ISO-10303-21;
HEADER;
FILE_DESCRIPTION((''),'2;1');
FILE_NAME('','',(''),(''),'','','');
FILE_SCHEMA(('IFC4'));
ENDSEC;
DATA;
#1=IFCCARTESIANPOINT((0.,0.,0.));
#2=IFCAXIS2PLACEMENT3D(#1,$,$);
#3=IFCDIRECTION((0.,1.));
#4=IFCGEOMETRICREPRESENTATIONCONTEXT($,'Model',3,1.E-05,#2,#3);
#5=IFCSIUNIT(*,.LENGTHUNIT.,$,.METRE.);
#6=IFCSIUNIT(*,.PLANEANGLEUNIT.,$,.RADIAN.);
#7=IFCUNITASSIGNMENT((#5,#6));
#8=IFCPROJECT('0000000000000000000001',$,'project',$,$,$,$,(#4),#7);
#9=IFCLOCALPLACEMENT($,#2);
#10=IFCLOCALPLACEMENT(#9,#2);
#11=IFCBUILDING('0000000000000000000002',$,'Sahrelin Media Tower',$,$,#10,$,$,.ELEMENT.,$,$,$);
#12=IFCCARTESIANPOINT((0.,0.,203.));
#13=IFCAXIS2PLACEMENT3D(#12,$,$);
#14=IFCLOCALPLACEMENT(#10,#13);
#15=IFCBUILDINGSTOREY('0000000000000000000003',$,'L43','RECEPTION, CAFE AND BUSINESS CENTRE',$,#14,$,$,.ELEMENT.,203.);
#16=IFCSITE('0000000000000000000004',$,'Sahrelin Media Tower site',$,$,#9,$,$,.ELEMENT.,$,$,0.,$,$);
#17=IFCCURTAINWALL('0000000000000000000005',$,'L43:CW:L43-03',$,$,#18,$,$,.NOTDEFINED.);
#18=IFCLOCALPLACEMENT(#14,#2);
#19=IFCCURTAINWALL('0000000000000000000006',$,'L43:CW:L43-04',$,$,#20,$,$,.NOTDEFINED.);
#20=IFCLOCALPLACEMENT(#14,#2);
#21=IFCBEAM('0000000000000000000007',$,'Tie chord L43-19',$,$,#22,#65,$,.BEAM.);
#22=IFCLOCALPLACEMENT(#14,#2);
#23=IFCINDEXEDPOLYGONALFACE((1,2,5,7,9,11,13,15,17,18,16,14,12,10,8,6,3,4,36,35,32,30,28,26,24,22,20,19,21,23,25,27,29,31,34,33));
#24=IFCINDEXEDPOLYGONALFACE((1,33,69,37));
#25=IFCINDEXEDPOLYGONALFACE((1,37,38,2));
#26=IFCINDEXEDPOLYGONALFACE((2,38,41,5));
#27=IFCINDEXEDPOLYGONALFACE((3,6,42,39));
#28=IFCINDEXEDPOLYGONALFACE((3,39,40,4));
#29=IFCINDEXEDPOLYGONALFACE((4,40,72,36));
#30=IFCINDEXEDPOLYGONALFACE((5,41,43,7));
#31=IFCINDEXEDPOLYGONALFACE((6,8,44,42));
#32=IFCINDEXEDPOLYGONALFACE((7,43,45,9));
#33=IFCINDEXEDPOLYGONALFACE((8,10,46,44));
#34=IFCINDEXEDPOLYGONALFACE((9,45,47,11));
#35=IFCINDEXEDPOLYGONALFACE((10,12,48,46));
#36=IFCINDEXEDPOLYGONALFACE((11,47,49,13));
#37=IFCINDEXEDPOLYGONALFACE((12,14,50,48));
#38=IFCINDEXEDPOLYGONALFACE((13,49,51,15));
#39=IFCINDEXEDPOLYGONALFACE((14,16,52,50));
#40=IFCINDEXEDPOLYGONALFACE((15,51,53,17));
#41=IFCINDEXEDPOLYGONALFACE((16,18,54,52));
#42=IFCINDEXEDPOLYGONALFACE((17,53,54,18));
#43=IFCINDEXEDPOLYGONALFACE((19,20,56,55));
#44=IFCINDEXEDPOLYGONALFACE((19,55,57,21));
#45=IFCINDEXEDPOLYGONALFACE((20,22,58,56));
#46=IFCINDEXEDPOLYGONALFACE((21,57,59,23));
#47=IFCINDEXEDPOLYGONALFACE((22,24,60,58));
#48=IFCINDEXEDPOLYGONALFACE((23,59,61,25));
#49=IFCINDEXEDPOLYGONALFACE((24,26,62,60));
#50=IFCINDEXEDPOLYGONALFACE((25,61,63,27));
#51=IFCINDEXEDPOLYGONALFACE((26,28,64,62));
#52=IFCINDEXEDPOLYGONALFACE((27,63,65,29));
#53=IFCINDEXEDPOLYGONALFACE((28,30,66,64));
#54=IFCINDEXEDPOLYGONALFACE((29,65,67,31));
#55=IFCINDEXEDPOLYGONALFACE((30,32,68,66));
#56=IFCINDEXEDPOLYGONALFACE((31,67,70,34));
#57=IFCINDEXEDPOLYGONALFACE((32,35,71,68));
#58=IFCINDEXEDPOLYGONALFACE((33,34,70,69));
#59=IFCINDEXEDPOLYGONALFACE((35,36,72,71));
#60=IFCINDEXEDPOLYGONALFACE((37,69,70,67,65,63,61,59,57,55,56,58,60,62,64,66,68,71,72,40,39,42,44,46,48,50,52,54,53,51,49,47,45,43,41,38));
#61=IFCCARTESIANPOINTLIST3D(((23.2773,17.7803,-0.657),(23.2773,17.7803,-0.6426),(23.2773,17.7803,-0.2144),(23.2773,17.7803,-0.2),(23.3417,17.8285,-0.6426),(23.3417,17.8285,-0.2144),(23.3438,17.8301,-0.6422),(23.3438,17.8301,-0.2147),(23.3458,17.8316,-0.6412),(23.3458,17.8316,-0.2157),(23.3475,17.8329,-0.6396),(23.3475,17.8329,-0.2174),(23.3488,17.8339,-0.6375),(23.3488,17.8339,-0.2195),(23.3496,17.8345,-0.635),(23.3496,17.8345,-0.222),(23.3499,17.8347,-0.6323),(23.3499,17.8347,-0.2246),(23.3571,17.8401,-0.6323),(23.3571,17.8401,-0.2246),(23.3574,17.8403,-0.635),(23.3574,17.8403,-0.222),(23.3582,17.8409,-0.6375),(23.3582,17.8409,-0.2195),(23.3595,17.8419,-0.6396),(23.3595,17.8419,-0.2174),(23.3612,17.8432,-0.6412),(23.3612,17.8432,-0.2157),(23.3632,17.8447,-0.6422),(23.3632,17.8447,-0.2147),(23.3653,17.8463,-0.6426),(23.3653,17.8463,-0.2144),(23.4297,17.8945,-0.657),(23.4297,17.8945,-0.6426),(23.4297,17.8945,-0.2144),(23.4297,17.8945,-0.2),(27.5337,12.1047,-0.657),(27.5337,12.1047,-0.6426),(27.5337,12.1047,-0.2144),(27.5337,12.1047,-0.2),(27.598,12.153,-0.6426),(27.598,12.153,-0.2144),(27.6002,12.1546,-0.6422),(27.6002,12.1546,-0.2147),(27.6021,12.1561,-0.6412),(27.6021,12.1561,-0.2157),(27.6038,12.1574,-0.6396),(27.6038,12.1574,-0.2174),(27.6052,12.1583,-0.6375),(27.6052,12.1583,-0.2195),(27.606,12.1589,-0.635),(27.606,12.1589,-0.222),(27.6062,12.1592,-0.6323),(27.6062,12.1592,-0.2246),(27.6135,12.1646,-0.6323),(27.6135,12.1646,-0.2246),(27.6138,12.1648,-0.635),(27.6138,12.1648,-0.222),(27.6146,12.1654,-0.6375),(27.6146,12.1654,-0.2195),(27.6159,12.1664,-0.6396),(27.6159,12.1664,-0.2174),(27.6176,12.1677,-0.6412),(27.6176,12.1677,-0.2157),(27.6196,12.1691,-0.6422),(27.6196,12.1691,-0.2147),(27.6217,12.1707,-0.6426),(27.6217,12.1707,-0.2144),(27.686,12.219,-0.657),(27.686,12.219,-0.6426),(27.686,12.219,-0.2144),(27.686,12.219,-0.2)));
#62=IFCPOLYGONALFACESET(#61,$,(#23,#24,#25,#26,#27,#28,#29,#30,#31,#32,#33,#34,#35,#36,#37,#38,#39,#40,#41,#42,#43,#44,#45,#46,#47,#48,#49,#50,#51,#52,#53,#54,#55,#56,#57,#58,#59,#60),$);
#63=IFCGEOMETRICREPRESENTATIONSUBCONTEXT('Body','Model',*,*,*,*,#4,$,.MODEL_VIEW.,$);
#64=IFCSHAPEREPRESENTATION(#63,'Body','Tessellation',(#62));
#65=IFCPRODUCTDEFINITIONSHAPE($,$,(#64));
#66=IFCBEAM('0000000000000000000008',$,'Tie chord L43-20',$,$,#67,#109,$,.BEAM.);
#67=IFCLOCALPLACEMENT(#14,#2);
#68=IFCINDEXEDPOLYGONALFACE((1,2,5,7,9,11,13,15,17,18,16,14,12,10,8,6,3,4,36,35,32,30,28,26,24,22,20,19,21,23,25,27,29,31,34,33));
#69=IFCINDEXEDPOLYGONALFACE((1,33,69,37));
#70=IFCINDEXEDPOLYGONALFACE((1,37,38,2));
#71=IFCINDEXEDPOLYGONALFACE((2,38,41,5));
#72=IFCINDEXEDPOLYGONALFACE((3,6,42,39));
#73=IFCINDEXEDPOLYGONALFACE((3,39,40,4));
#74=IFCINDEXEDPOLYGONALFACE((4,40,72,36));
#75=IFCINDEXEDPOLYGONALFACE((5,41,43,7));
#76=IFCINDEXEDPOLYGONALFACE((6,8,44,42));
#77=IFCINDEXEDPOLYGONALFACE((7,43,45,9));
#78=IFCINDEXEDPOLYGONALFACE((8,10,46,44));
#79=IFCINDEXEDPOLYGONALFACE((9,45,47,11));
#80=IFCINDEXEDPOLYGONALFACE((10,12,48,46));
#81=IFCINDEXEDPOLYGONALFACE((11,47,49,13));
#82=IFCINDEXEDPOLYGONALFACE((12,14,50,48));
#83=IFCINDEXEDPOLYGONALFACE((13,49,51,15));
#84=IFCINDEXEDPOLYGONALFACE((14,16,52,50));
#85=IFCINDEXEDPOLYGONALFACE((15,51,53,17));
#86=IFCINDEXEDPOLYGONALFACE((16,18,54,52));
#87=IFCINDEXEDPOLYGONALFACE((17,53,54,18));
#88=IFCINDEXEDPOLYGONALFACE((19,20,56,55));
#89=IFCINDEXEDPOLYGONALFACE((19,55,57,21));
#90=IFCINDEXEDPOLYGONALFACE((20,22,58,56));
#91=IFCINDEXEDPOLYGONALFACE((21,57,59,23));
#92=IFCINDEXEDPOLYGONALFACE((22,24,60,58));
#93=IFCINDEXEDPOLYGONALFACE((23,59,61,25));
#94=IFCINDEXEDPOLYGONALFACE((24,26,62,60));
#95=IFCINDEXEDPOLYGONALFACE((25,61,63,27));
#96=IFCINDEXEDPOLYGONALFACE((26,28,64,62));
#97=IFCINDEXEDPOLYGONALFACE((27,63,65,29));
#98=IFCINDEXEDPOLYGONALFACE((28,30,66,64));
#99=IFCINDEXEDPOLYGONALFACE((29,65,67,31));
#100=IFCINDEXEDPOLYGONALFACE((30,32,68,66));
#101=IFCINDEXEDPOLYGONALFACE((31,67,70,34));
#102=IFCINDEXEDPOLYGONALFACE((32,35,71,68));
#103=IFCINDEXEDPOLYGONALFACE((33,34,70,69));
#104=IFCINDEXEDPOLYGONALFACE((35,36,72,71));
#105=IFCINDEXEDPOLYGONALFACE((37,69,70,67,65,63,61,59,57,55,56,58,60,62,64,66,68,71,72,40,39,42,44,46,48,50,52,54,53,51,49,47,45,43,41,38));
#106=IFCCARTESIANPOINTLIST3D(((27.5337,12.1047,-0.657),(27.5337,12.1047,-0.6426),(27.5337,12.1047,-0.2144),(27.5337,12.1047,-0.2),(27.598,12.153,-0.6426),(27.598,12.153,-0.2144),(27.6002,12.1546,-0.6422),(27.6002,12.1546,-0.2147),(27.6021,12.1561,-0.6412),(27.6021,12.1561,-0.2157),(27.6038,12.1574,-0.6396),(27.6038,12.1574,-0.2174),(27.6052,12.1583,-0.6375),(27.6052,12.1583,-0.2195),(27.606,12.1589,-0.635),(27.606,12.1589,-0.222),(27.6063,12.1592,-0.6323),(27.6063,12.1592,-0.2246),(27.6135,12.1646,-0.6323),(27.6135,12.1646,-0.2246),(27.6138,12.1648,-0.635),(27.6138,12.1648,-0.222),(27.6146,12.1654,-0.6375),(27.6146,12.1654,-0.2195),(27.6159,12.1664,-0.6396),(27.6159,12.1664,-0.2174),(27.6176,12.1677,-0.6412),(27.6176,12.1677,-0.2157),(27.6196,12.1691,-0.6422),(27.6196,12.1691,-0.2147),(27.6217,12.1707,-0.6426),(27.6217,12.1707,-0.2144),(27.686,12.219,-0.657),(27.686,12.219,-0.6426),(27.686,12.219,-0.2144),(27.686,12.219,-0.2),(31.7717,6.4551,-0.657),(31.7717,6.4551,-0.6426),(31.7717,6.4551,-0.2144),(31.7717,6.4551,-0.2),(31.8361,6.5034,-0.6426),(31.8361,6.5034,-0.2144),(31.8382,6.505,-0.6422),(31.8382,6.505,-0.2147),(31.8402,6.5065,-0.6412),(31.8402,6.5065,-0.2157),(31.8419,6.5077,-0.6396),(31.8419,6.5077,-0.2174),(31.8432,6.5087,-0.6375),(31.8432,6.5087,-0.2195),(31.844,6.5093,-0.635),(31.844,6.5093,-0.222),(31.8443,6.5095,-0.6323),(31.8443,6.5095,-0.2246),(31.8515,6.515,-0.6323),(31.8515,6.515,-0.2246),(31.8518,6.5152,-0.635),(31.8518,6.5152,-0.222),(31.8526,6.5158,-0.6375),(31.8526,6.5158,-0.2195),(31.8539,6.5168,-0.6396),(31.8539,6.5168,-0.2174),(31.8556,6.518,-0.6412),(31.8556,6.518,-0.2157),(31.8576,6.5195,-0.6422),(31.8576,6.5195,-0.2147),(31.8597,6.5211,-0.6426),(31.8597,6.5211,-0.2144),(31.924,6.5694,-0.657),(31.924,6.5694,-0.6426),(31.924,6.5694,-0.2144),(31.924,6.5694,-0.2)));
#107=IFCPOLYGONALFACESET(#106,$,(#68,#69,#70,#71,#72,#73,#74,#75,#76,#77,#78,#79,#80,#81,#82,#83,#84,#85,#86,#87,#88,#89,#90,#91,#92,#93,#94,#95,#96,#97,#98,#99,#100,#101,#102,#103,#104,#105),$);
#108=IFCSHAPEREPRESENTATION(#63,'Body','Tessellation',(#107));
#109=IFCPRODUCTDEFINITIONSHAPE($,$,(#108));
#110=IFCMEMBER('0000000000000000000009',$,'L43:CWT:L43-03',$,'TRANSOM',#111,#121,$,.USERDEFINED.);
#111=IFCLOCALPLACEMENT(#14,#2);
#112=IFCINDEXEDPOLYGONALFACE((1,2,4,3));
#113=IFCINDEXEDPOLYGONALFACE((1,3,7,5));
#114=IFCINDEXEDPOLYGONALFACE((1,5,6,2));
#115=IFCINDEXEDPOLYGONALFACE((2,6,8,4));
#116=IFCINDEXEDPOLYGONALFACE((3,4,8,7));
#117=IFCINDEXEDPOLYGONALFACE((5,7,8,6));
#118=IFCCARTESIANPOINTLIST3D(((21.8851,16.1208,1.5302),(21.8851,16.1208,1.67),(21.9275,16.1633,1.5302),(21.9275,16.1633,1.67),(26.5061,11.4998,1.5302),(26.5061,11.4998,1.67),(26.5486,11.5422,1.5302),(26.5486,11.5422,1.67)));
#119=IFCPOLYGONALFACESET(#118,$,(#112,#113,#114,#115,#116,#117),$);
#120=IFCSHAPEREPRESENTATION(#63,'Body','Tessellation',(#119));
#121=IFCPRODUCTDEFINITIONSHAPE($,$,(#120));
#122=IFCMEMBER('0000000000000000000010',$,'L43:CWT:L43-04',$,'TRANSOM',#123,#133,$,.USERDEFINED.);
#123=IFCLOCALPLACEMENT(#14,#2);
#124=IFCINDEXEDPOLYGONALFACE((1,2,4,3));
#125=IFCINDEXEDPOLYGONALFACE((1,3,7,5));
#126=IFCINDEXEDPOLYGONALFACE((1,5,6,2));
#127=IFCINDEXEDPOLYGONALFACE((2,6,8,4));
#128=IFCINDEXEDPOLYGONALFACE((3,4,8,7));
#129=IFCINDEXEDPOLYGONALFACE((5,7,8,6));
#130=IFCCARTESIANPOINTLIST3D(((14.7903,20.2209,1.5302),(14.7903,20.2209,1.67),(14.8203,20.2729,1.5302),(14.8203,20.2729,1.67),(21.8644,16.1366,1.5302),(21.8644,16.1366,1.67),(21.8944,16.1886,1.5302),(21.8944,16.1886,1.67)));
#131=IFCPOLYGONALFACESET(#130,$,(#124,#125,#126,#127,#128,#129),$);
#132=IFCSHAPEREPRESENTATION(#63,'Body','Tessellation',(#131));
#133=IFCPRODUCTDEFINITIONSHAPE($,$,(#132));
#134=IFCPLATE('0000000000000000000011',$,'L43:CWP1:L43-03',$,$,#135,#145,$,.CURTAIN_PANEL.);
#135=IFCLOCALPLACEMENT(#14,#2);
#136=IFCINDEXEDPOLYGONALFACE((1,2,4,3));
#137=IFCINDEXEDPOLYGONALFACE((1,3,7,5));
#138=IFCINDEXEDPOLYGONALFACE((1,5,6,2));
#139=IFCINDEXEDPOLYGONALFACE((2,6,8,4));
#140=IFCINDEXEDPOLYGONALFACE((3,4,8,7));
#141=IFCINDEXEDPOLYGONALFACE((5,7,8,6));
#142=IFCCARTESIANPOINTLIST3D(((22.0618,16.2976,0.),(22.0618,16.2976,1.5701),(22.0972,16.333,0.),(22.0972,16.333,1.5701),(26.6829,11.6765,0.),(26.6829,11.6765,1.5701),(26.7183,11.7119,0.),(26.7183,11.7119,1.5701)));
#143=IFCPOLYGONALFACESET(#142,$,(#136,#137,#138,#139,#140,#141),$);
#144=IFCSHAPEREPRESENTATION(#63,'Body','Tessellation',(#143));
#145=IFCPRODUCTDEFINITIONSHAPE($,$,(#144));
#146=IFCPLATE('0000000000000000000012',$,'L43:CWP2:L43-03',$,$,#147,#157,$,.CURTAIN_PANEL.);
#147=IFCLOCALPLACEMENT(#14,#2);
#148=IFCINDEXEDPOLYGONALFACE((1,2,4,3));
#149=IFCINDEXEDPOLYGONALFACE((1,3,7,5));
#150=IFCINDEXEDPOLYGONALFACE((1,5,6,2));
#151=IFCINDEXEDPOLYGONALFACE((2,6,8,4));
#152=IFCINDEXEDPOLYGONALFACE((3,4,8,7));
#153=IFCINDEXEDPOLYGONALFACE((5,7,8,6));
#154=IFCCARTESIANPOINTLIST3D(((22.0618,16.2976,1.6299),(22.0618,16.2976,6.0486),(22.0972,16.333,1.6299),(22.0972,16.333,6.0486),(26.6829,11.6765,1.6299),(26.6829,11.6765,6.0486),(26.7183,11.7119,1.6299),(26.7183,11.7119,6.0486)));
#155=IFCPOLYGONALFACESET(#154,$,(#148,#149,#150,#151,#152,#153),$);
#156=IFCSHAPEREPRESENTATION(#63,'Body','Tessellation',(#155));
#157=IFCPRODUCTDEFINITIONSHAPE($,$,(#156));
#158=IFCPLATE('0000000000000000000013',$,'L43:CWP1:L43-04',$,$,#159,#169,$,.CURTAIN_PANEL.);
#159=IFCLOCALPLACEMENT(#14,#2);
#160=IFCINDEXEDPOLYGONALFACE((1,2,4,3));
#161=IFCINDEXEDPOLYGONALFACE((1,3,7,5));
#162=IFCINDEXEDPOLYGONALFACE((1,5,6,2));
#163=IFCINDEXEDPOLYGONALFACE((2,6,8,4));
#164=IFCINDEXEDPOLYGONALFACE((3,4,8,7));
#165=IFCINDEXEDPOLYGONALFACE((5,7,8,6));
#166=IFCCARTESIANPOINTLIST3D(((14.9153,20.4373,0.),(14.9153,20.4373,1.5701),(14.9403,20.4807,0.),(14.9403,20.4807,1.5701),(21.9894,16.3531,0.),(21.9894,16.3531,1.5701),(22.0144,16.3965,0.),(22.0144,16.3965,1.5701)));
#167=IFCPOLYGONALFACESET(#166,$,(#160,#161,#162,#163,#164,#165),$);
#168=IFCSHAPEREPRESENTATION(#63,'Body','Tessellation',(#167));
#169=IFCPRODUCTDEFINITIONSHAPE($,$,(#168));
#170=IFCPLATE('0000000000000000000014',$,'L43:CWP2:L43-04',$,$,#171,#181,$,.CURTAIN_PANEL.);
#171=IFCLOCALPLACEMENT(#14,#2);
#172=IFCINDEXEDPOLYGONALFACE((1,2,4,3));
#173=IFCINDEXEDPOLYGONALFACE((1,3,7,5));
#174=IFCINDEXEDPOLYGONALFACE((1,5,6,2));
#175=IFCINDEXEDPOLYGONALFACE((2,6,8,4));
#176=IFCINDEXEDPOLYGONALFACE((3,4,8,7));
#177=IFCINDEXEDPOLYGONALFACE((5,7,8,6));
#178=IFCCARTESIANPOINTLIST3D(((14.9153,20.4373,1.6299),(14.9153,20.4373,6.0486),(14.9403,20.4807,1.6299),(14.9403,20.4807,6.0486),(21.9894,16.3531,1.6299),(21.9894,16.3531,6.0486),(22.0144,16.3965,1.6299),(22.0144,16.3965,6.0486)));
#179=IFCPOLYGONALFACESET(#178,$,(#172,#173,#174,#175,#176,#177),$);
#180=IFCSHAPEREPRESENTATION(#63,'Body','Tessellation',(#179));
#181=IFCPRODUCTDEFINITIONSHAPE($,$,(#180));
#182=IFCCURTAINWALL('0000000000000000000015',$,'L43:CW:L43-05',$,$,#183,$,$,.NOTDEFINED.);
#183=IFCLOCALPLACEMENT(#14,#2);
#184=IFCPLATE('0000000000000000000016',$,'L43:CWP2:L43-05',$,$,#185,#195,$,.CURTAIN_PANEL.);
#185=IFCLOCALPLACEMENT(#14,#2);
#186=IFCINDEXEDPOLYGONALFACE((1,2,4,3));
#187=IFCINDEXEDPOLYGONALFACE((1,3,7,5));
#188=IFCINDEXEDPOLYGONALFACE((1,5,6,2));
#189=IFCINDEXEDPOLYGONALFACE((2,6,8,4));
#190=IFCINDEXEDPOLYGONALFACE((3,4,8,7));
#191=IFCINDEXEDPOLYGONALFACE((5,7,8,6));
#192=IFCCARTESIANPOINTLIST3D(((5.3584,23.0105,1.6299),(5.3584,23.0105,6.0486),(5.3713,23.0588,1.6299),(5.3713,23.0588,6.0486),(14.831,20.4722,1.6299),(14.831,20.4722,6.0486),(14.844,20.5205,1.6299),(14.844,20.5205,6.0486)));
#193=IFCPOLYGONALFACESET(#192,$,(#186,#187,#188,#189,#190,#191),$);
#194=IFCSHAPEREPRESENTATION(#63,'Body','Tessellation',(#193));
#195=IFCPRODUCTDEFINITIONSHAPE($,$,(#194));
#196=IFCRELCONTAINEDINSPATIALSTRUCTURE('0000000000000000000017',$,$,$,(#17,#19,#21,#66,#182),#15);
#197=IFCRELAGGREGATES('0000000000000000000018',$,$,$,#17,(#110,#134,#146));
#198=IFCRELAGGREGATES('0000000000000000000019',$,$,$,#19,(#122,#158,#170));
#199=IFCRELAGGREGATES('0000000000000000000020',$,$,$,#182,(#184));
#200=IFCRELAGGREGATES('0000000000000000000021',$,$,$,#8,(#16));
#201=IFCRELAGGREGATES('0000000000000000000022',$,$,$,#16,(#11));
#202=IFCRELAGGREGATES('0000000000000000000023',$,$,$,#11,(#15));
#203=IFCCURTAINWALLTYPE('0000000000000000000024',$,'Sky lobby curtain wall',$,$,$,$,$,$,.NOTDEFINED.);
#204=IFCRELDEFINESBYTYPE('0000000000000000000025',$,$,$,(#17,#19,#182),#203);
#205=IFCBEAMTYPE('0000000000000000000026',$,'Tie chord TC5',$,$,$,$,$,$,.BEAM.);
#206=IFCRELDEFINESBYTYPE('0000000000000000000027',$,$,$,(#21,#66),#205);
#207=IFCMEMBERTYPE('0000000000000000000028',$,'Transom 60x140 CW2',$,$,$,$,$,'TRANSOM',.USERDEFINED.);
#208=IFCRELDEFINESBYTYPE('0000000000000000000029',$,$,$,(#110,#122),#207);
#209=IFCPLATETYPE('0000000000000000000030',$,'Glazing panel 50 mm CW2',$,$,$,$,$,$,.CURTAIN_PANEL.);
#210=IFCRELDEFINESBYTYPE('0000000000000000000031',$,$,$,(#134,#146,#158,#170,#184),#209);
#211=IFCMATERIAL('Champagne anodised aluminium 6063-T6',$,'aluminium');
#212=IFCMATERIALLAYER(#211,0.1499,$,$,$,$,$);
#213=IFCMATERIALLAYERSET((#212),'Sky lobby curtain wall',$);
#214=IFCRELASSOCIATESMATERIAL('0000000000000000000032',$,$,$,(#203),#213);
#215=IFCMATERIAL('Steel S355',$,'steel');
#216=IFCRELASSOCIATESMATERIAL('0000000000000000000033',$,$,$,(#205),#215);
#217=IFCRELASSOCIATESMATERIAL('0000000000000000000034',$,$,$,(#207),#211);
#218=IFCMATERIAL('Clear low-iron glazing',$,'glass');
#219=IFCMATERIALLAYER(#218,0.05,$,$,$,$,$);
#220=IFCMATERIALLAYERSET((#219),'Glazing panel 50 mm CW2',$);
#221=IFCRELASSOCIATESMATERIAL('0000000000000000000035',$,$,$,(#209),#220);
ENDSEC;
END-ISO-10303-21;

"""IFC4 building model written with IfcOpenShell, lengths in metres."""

from ifc_helpers import new_model, si_unit, direction, frame, origin, origin_2d, place, context, subcontext, project, spatial, polyline, rectangle, i_section, outline, extrude, material, layer, layer_set, material_profile, profile_set, type_object, element, aggregate, save


model = new_model("IFC4")

# Units and contexts
model_context = context("Model", 3, precision=1e-05, world=origin(), true_north=direction((0.0, 1.0)))
body_context = subcontext(model_context, "Body", "Model", "MODEL_VIEW")
ifc_project = project(units=[si_unit("LENGTHUNIT", "METRE"), si_unit("PLANEANGLEUNIT", "RADIAN")], contexts=[model_context])

# Site, building, storey
site_placement = place(None, origin())
site = spatial("IfcSite", under=ifc_project, at=site_placement, Name="Sahrelin Media Tower site", CompositionType="ELEMENT", RefElevation=0.0)
building_placement = place(site_placement, origin())
building = spatial("IfcBuilding", under=site, at=building_placement, Name="Sahrelin Media Tower", CompositionType="ELEMENT")
storey_placement = place(building_placement, frame((0.0, 0.0, 203.0)))
storey = spatial("IfcBuildingStorey", under=building, at=storey_placement, Name="L43", Description="RECEPTION, CAFE AND BUSINESS CENTRE", CompositionType="ELEMENT", Elevation=203.0)

# Shared definitions
ifc_material_1 = material(Name="Steel S355", Category="steel")

# Curtain walls
ifc_material_2 = material(Name="Champagne anodised aluminium 6063-T6", Category="aluminium")
ifc_layer_1 = layer(ifc_material_2, 0.1499)
ifc_layer_set_1 = layer_set([ifc_layer_1], Name="Sky lobby curtain wall")
curtain_wall_type = type_object("IfcCurtainWallType", Name="Sky lobby curtain wall", PredefinedType="NOTDEFINED", material=ifc_layer_set_1)
curtain_wall_1_placement = place(storey_placement, frame((24.3936, 14.0083, 0.0), z_axis=(0.0, 0.0, 1.0), x_axis=(1.0, 0.0, 0.0)))
curtain_wall_1 = element("IfcCurtainWall", 1, at=curtain_wall_1_placement, inside=storey, type_object=curtain_wall_type, Name="L43:CW:L43-03", PredefinedType="NOTDEFINED")
curtain_wall_2_placement = place(storey_placement, frame((18.4673, 18.4211, 0.0), z_axis=(0.0, 0.0, 1.0), x_axis=(1.0, 0.0, 0.0)))
curtain_wall_2 = element("IfcCurtainWall", 2, at=curtain_wall_2_placement, inside=storey, type_object=curtain_wall_type, Name="L43:CW:L43-04", PredefinedType="NOTDEFINED")

# Beams
ifc_material_profile_1 = material_profile(ifc_material_1, i_section(OverallWidth=0.1904, OverallDepth=0.457, WebThickness=0.009, FlangeThickness=0.0144, FilletRadius=0.0103, at=origin_2d()), Name="UB 457x191x74")
ifc_profile_set_1 = profile_set([ifc_material_profile_1], Name="Steel S355")
beam_type_1 = type_object("IfcBeamType", Name="Tie chord TC5", PredefinedType="BEAM", material=ifc_profile_set_1)
beam_1_placement = place(storey_placement, frame((23.3535, 17.8374, -0.4285), z_axis=(0.599972, -0.800021, 0.0), x_axis=(0.800021, 0.599972, 0.0)))
element("IfcBeam", 3, at=beam_1_placement, inside=storey, type_object=beam_type_1, Name="Tie chord L43-19", PredefinedType="BEAM", context=body_context, shape_type="SweptSolid", body=[
    extrude(i_section(OverallWidth=0.1904, OverallDepth=0.457, WebThickness=0.009, FlangeThickness=0.0144, FilletRadius=0.0103, at=origin_2d()), origin(), (0.0, 0.0, 1.0), 7.0942),
])
beam_2_placement = place(storey_placement, frame((27.6099, 12.1619, -0.4285), z_axis=(0.600072, -0.799946, 0.0), x_axis=(0.799946, 0.600072, 0.0)))
element("IfcBeam", 4, at=beam_2_placement, inside=storey, type_object=beam_type_1, Name="Tie chord L43-20", PredefinedType="BEAM", context=body_context, shape_type="SweptSolid", body=[
    extrude(i_section(OverallWidth=0.1904, OverallDepth=0.457, WebThickness=0.009, FlangeThickness=0.0144, FilletRadius=0.0103, at=origin_2d()), origin(), (0.0, 0.0, 1.0), 7.0625),
])

# Members
ifc_material_profile_2 = material_profile(ifc_material_2, rectangle(XDim=0.0601, YDim=0.1399, at=origin_2d()), Name="Transom 60x140")
ifc_profile_set_2 = profile_set([ifc_material_profile_2], Name="Champagne anodised aluminium 6063-T6")
member_type_1 = type_object("IfcMemberType", Name="Transom 60x140 CW2", ElementType="TRANSOM", PredefinedType="USERDEFINED", material=ifc_profile_set_2)
member_1_placement = place(storey_placement, frame((26.5273, 11.521, 1.6001), z_axis=(-0.707107, 0.707107, 0.0), x_axis=(-0.707107, -0.707107, 0.0)))
member_1 = element("IfcMember", 5, at=member_1_placement, type_object=member_type_1, Name="L43:CWT:L43-03", ObjectType="TRANSOM", PredefinedType="USERDEFINED", context=body_context, shape_type="SweptSolid", body=[
    extrude(rectangle(XDim=0.0601, YDim=0.1399, at=origin_2d()), origin(), (0.0, 0.0, 1.0), 6.5352),
])
member_2_placement = place(storey_placement, frame((21.8794, 16.1626, 1.6001), z_axis=(-0.866022, 0.500006, 0.0), x_axis=(-0.500006, -0.866022, 0.0)))
member_2 = element("IfcMember", 6, at=member_2_placement, type_object=member_type_1, Name="L43:CWT:L43-04", ObjectType="TRANSOM", PredefinedType="USERDEFINED", context=body_context, shape_type="SweptSolid", body=[
    extrude(rectangle(XDim=0.0601, YDim=0.1399, at=origin_2d()), origin(), (0.0, 0.0, 1.0), 8.1685),
])

# Plates
ifc_material_3 = material(Name="Clear low-iron glazing", Category="glass")
ifc_layer_2 = layer(ifc_material_3, 0.05)
ifc_layer_set_2 = layer_set([ifc_layer_2], Name="Glazing panel 50 mm CW2")
plate_type = type_object("IfcPlateType", Name="Glazing panel 50 mm CW2", PredefinedType="CURTAIN_PANEL", material=ifc_layer_set_2)
plate_1_placement = place(storey_placement, frame((26.7183, 11.7119, 0.0), z_axis=(0.707107, 0.707107, 0.0), x_axis=(-0.707107, 0.707107, 0.0)))
plate_1 = element("IfcPlate", 7, at=plate_1_placement, type_object=plate_type, Name="L43:CWP1:L43-03", PredefinedType="CURTAIN_PANEL", context=body_context, shape_type="SweptSolid", body=[
    extrude(outline(polyline([(0.0, 0.0), (6.5352, 0.0), (6.5352, 1.5701), (0.0, 1.5701), (0.0, 0.0)])), origin(), (0.0, 0.0, -1.0), 0.05),
])
plate_2_placement = place(storey_placement, frame((26.7183, 11.7119, 1.6299), z_axis=(0.707107, 0.707107, 0.0), x_axis=(-0.707107, 0.707107, 0.0)))
plate_2 = element("IfcPlate", 8, at=plate_2_placement, type_object=plate_type, Name="L43:CWP2:L43-03", PredefinedType="CURTAIN_PANEL", context=body_context, shape_type="SweptSolid", body=[
    extrude(outline(polyline([(0.0, 0.0), (6.5352, 0.0), (6.5352, 4.4187), (0.0, 4.4187), (0.0, 0.0)])), origin(), (0.0, 0.0, -1.0), 0.05),
])
aggregate(curtain_wall_1, [member_1, plate_1, plate_2])
plate_3_placement = place(storey_placement, frame((22.0144, 16.3965, 0.0), z_axis=(0.499993, 0.866029, 0.0), x_axis=(-0.866029, 0.499993, 0.0)))
plate_3 = element("IfcPlate", 9, at=plate_3_placement, type_object=plate_type, Name="L43:CWP1:L43-04", PredefinedType="CURTAIN_PANEL", context=body_context, shape_type="SweptSolid", body=[
    extrude(outline(polyline([(0.0, 0.0), (8.1685, 0.0), (8.1685, 1.5701), (0.0, 1.5701), (0.0, 0.0)])), origin(), (0.0, 0.0, -1.0), 0.05),
])
plate_4_placement = place(storey_placement, frame((22.0144, 16.3965, 1.6299), z_axis=(0.499993, 0.866029, 0.0), x_axis=(-0.866029, 0.499993, 0.0)))
plate_4 = element("IfcPlate", 10, at=plate_4_placement, type_object=plate_type, Name="L43:CWP2:L43-04", PredefinedType="CURTAIN_PANEL", context=body_context, shape_type="SweptSolid", body=[
    extrude(outline(polyline([(0.0, 0.0), (8.1685, 0.0), (8.1685, 4.4187), (0.0, 4.4187), (0.0, 0.0)])), origin(), (0.0, 0.0, -1.0), 0.05),
])
aggregate(curtain_wall_2, [member_2, plate_3, plate_4])

# Curtain wall, plate
curtain_wall_3_placement = place(storey_placement, frame((10.1023, 21.7703, 0.0), z_axis=(0.0, 0.0, 1.0), x_axis=(1.0, 0.0, 0.0)))
curtain_wall_3 = element("IfcCurtainWall", 11, at=curtain_wall_3_placement, inside=storey, type_object=curtain_wall_type, Name="L43:CW:L43-05", PredefinedType="NOTDEFINED")
plate_5_placement = place(storey_placement, frame((14.844, 20.5205, 1.6299), z_axis=(0.258832, 0.965922, 0.0), x_axis=(-0.965922, 0.258832, 0.0)))
plate_5 = element("IfcPlate", 12, at=plate_5_placement, type_object=plate_type, Name="L43:CWP2:L43-05", PredefinedType="CURTAIN_PANEL", context=body_context, shape_type="SweptSolid", body=[
    extrude(outline(polyline([(0.0, 0.0), (9.8069, 0.0), (9.8069, 4.4187), (0.0, 4.4187), (0.0, 0.0)])), origin(), (0.0, 0.0, -1.0), 0.05),
])
aggregate(curtain_wall_3, [plate_5])

save(model, "model.ifc")
